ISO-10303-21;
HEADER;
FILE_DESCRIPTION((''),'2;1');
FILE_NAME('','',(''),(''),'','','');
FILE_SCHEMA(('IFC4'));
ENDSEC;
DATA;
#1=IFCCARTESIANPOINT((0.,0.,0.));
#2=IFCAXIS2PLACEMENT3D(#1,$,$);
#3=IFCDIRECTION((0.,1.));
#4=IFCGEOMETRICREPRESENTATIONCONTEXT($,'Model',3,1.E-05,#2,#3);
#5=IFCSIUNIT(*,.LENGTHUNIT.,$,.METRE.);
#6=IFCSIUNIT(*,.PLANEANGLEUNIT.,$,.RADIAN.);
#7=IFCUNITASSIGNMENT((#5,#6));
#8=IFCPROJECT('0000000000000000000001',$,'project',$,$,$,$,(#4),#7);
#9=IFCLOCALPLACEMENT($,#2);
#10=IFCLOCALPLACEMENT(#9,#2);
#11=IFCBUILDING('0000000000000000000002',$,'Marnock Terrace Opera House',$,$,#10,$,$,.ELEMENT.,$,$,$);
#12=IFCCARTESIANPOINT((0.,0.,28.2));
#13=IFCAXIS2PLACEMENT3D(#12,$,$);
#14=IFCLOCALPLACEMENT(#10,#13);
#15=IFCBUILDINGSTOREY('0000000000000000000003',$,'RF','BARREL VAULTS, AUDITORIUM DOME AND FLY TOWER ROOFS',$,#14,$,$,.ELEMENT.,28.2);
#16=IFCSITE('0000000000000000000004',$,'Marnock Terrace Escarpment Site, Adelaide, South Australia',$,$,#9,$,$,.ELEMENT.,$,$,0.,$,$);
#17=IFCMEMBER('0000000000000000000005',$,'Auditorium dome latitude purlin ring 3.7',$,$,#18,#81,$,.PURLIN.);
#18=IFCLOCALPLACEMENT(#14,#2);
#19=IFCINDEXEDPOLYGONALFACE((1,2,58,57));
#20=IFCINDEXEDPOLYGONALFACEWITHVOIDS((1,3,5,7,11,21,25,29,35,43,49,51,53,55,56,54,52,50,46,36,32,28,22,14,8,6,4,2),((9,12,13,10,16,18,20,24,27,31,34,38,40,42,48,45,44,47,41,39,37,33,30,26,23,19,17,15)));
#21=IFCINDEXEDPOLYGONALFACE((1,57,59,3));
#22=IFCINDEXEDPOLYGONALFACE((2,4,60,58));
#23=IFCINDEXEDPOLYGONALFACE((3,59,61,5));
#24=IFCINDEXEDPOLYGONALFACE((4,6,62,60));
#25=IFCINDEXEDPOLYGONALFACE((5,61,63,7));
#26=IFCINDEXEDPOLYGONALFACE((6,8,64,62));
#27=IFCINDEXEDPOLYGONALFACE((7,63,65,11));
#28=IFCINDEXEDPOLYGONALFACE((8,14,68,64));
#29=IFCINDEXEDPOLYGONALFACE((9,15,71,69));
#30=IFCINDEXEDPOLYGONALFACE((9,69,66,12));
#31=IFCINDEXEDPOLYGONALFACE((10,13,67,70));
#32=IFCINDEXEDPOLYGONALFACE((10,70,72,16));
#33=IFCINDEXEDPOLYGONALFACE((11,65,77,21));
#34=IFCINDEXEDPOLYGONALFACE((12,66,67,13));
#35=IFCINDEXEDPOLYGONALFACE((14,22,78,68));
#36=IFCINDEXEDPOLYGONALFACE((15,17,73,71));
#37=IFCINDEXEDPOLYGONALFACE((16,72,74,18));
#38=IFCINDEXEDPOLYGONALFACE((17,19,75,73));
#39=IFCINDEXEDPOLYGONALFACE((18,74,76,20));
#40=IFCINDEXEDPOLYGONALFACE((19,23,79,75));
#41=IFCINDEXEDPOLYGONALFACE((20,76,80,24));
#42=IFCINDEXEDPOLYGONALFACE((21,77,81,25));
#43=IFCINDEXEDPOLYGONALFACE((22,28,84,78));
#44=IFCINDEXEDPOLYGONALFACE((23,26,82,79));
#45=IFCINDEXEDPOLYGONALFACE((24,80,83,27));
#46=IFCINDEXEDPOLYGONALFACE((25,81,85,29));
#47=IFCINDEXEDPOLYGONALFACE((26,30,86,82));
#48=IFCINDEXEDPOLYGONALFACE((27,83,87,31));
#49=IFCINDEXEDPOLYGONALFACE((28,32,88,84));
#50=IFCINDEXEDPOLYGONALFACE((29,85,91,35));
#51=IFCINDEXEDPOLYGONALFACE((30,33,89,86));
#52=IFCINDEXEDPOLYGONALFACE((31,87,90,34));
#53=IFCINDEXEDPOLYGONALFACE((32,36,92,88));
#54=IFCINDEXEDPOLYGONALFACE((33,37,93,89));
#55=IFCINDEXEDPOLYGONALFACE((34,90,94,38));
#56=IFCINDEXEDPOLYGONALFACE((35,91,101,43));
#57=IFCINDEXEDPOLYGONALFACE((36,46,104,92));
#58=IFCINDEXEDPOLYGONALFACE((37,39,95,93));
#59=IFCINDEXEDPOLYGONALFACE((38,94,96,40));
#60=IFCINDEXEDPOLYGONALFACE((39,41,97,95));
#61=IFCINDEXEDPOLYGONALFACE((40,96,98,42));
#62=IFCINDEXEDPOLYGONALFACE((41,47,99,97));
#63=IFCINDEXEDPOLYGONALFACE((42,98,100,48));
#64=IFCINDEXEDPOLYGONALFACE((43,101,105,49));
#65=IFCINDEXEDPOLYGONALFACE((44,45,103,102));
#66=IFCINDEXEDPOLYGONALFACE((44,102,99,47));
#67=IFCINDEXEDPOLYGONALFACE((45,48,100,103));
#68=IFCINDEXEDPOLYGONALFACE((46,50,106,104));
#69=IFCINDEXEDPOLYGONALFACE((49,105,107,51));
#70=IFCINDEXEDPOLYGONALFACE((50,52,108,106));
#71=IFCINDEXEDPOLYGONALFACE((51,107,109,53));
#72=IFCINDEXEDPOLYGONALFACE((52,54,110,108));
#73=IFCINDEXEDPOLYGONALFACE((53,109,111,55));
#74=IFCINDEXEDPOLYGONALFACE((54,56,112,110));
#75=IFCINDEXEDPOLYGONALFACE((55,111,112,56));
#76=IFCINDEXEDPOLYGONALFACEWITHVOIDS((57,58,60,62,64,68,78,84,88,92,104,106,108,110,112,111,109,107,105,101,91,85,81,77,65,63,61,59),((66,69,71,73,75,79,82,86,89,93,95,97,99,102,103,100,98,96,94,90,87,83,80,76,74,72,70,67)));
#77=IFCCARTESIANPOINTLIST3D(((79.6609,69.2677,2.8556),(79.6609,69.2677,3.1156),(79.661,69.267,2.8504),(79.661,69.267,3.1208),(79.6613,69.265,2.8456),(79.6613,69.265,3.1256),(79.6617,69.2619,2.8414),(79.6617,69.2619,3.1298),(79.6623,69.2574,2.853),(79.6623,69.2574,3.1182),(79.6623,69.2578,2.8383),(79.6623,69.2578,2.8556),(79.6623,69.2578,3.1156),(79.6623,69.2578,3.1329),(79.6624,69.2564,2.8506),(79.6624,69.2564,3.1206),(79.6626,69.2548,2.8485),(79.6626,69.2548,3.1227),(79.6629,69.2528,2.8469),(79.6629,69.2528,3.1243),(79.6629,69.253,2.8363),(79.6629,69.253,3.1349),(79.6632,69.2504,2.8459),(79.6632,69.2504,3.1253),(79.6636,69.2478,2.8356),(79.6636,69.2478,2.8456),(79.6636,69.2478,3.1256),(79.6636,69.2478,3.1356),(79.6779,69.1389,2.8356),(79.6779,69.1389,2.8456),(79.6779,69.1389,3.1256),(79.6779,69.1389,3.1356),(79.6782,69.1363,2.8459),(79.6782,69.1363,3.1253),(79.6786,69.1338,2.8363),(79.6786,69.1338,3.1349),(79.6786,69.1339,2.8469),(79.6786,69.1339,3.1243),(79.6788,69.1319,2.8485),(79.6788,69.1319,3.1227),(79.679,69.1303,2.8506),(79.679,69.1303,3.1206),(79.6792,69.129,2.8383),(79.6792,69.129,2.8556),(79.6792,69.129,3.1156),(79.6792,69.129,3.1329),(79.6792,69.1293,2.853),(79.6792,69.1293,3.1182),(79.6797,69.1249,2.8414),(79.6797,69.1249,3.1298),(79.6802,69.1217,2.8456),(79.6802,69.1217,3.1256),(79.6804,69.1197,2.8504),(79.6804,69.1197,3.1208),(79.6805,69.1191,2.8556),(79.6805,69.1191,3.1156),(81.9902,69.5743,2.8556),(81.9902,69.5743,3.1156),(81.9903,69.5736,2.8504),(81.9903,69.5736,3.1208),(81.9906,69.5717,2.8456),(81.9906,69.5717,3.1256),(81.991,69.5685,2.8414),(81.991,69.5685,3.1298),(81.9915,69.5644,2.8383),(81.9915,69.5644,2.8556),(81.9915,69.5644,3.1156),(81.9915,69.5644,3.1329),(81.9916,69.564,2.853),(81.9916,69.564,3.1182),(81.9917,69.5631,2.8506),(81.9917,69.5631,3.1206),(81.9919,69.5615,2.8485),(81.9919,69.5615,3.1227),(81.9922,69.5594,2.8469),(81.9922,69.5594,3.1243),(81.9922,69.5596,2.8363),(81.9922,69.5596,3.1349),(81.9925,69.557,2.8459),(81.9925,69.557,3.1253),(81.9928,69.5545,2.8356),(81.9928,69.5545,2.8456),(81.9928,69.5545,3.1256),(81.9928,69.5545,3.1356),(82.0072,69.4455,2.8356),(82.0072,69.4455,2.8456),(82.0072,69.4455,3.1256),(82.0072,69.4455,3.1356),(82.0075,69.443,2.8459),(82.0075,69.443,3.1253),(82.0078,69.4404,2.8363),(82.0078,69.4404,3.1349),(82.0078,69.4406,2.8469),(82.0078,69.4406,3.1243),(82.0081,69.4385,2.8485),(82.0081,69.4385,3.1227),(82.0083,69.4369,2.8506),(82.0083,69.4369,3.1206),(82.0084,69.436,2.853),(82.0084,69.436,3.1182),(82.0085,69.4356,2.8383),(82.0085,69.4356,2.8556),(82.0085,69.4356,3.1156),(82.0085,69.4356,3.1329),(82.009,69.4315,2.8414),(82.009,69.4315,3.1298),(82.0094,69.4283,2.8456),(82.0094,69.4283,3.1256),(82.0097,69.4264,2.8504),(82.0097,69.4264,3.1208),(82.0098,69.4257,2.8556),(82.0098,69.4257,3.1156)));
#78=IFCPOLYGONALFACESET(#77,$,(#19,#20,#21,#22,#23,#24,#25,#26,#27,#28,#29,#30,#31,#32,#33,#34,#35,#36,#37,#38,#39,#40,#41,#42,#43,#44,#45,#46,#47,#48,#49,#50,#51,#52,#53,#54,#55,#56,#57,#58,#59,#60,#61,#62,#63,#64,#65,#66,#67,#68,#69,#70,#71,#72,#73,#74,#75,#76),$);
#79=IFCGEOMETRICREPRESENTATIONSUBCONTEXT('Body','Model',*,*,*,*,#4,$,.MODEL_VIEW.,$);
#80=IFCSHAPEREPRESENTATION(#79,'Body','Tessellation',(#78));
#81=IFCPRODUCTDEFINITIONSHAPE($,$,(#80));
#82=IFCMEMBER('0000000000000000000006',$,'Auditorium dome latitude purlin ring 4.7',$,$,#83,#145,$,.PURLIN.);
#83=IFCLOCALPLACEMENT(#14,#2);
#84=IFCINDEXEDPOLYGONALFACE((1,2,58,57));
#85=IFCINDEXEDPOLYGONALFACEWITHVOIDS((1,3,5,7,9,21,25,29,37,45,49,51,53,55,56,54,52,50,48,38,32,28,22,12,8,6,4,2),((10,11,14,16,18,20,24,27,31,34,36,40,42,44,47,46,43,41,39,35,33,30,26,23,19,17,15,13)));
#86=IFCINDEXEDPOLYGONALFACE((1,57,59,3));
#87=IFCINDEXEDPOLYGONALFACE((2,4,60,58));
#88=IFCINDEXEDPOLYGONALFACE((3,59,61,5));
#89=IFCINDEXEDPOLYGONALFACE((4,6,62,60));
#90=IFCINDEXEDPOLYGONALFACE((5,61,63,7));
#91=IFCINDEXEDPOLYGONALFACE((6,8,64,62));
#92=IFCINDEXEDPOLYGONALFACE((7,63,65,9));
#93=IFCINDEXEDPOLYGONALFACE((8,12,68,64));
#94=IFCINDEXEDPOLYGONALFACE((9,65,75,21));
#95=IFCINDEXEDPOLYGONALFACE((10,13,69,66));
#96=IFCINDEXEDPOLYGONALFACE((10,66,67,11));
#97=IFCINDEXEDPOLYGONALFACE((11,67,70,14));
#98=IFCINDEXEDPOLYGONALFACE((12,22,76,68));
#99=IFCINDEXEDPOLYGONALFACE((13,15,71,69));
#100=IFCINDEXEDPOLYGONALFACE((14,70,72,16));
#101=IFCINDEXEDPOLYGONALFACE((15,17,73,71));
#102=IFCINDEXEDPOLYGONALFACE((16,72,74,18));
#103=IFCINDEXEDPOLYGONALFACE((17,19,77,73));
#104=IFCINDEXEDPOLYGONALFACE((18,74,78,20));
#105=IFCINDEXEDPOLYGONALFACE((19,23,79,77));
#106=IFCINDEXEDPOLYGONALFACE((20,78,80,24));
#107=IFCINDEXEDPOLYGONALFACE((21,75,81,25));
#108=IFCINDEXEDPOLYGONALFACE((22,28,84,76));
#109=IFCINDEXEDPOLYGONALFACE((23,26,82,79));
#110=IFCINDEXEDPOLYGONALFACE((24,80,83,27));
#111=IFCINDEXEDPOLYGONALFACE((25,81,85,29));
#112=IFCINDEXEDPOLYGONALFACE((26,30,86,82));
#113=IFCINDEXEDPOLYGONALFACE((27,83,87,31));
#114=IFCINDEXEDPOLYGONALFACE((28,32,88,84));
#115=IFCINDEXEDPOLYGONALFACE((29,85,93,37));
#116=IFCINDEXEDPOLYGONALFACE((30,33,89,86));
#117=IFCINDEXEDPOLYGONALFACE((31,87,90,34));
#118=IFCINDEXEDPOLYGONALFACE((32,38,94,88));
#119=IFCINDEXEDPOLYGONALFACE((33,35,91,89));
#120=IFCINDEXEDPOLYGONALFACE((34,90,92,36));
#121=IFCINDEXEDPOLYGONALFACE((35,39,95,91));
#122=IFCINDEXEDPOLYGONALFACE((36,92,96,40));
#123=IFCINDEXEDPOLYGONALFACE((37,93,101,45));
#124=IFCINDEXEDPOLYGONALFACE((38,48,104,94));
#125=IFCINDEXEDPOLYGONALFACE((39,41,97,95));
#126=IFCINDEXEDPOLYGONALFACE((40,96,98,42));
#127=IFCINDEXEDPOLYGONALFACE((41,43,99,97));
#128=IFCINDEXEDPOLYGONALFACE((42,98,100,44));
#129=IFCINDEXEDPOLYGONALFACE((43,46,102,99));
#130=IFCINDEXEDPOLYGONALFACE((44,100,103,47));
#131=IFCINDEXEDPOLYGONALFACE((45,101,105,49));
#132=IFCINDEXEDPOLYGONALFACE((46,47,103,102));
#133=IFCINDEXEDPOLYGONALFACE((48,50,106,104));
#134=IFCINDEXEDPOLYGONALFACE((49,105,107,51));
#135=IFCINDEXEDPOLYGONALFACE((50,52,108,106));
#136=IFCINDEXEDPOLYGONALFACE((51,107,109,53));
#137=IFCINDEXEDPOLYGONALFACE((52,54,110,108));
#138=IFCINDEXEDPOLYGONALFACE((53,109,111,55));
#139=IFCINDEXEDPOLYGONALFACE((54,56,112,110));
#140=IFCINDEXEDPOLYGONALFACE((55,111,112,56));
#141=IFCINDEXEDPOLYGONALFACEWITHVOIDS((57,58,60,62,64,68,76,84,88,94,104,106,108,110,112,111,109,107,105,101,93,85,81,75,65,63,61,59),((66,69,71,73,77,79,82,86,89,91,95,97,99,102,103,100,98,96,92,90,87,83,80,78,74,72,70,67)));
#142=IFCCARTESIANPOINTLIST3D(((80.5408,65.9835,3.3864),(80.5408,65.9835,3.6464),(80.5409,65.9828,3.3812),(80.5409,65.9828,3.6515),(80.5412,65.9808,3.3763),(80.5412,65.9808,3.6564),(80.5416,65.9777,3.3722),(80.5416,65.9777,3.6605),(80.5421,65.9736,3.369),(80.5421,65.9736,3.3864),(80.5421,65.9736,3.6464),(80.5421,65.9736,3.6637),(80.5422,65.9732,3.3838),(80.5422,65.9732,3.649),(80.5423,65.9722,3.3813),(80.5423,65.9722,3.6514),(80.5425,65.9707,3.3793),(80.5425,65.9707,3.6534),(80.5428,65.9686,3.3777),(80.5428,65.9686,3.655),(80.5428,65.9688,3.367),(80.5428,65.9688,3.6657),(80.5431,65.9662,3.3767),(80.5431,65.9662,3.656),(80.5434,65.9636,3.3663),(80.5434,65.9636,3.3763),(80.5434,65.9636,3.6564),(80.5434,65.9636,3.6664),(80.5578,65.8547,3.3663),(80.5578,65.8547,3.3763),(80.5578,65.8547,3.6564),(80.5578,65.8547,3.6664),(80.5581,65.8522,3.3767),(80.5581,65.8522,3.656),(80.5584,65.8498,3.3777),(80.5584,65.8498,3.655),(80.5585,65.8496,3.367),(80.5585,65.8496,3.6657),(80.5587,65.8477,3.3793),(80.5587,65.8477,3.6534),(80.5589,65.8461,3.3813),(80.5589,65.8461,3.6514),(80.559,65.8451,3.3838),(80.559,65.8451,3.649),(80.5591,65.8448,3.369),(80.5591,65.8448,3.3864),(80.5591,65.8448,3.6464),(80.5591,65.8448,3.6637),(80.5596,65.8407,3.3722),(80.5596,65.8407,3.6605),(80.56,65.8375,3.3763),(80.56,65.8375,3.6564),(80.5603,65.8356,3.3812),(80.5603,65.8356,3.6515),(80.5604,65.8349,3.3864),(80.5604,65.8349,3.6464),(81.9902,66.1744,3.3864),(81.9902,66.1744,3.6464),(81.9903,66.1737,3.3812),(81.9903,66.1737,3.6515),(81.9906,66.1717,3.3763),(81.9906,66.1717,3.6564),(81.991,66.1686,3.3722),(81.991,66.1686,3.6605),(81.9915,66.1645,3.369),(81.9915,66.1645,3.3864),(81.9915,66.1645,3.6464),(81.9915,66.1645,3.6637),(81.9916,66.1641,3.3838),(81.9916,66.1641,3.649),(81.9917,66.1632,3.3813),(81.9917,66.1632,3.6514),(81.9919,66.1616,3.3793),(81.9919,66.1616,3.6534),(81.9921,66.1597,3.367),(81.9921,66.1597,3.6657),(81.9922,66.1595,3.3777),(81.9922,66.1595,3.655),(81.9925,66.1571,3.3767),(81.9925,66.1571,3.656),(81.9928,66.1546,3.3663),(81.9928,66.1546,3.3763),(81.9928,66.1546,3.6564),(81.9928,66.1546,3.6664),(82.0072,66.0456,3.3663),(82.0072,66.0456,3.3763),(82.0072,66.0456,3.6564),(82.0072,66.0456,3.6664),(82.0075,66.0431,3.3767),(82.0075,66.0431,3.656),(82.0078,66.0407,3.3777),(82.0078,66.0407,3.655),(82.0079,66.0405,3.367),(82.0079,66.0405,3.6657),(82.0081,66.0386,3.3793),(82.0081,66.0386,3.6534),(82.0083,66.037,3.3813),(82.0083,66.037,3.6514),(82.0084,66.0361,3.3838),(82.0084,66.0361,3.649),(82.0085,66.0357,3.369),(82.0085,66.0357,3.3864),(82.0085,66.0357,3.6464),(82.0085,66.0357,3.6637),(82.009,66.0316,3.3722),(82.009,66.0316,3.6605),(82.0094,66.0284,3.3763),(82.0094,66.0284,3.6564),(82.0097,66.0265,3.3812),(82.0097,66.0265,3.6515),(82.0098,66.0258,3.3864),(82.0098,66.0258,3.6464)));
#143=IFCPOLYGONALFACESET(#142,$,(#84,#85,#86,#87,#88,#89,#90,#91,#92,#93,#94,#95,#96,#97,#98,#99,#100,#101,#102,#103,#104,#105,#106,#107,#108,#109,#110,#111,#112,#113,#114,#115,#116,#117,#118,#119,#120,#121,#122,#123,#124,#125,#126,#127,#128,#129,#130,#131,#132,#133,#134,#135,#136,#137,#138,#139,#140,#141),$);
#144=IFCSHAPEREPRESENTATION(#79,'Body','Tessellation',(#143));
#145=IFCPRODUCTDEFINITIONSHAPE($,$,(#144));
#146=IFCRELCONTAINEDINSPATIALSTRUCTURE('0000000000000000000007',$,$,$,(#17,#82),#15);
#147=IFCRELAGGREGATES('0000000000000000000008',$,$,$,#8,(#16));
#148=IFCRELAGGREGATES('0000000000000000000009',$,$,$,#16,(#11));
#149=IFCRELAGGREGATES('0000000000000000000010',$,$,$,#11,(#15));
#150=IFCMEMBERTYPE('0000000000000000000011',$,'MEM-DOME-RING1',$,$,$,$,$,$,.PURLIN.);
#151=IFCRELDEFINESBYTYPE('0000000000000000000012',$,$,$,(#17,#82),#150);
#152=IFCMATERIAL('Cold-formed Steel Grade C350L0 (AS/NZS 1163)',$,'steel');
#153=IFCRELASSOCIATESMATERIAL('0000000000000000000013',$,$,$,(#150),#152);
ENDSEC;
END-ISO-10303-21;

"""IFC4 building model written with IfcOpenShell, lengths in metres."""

from ifc_helpers import new_model, si_unit, direction, frame, origin, origin_2d, place, context, subcontext, project, spatial, hollow_rectangle, extrude, material, material_profile, profile_set, type_object, element, save


model = new_model("IFC4")

# Units and contexts
model_context = context("Model", 3, precision=1e-05, world=origin(), true_north=direction((0.0, 1.0)))
body_context = subcontext(model_context, "Body", "Model", "MODEL_VIEW")
ifc_project = project(units=[si_unit("LENGTHUNIT", "METRE"), si_unit("PLANEANGLEUNIT", "RADIAN")], contexts=[model_context])

# Site, building, storey
site_placement = place(None, origin())
site = spatial("IfcSite", under=ifc_project, at=site_placement, Name="Marnock Terrace Escarpment Site, Adelaide, South Australia", CompositionType="ELEMENT", RefElevation=0.0)
building_placement = place(site_placement, origin())
building = spatial("IfcBuilding", under=site, at=building_placement, Name="Marnock Terrace Opera House", CompositionType="ELEMENT")
storey_placement = place(building_placement, frame((0.0, 0.0, 28.2)))
storey = spatial("IfcBuildingStorey", under=building, at=storey_placement, Name="RF", Description="BARREL VAULTS, AUDITORIUM DOME AND FLY TOWER ROOFS", CompositionType="ELEMENT", Elevation=28.2)

# Members
ifc_material_1 = material(Name="Cold-formed Steel Grade C350L0 (AS/NZS 1163)", Category="steel")
ifc_material_profile_1 = material_profile(ifc_material_1, hollow_rectangle(XDim=0.1499, YDim=0.3, WallThickness=0.01, InnerFilletRadius=0.01, OuterFilletRadius=0.02, at=origin_2d()))
ifc_profile_set_1 = profile_set([ifc_material_profile_1], Name="Cold-formed Steel Grade C350L0 (AS/NZS 1163)")
member_type_1 = type_object("IfcMemberType", Name="MEM-DOME-RING1", PredefinedType="PURLIN", material=ifc_profile_set_1)
member_1_placement = place(storey_placement, frame((82.0, 69.5, 2.9856), z_axis=(-0.991446, -0.130516, 0.0), x_axis=(0.130516, -0.991446, 0.0)))
element("IfcMember", 1, at=member_1_placement, inside=storey, type_object=member_type_1, Name="Auditorium dome latitude purlin ring 3.7", PredefinedType="PURLIN", context=body_context, shape_type="SweptSolid", body=[
    extrude(hollow_rectangle(XDim=0.1499, YDim=0.3, WallThickness=0.01, InnerFilletRadius=0.01, OuterFilletRadius=0.02, at=origin_2d()), origin(), (0.0, 0.0, 1.0), 2.3494),
])
member_2_placement = place(storey_placement, frame((82.0, 66.1001, 3.5164), z_axis=(-0.991437, -0.130588, 0.0), x_axis=(0.130588, -0.991437, 0.0)))
element("IfcMember", 2, at=member_2_placement, inside=storey, type_object=member_type_1, Name="Auditorium dome latitude purlin ring 4.7", PredefinedType="PURLIN", context=body_context, shape_type="SweptSolid", body=[
    extrude(hollow_rectangle(XDim=0.1499, YDim=0.3, WallThickness=0.01, InnerFilletRadius=0.01, OuterFilletRadius=0.02, at=origin_2d()), origin(), (0.0, 0.0, 1.0), 1.4619),
])

save(model, "model.ifc")
